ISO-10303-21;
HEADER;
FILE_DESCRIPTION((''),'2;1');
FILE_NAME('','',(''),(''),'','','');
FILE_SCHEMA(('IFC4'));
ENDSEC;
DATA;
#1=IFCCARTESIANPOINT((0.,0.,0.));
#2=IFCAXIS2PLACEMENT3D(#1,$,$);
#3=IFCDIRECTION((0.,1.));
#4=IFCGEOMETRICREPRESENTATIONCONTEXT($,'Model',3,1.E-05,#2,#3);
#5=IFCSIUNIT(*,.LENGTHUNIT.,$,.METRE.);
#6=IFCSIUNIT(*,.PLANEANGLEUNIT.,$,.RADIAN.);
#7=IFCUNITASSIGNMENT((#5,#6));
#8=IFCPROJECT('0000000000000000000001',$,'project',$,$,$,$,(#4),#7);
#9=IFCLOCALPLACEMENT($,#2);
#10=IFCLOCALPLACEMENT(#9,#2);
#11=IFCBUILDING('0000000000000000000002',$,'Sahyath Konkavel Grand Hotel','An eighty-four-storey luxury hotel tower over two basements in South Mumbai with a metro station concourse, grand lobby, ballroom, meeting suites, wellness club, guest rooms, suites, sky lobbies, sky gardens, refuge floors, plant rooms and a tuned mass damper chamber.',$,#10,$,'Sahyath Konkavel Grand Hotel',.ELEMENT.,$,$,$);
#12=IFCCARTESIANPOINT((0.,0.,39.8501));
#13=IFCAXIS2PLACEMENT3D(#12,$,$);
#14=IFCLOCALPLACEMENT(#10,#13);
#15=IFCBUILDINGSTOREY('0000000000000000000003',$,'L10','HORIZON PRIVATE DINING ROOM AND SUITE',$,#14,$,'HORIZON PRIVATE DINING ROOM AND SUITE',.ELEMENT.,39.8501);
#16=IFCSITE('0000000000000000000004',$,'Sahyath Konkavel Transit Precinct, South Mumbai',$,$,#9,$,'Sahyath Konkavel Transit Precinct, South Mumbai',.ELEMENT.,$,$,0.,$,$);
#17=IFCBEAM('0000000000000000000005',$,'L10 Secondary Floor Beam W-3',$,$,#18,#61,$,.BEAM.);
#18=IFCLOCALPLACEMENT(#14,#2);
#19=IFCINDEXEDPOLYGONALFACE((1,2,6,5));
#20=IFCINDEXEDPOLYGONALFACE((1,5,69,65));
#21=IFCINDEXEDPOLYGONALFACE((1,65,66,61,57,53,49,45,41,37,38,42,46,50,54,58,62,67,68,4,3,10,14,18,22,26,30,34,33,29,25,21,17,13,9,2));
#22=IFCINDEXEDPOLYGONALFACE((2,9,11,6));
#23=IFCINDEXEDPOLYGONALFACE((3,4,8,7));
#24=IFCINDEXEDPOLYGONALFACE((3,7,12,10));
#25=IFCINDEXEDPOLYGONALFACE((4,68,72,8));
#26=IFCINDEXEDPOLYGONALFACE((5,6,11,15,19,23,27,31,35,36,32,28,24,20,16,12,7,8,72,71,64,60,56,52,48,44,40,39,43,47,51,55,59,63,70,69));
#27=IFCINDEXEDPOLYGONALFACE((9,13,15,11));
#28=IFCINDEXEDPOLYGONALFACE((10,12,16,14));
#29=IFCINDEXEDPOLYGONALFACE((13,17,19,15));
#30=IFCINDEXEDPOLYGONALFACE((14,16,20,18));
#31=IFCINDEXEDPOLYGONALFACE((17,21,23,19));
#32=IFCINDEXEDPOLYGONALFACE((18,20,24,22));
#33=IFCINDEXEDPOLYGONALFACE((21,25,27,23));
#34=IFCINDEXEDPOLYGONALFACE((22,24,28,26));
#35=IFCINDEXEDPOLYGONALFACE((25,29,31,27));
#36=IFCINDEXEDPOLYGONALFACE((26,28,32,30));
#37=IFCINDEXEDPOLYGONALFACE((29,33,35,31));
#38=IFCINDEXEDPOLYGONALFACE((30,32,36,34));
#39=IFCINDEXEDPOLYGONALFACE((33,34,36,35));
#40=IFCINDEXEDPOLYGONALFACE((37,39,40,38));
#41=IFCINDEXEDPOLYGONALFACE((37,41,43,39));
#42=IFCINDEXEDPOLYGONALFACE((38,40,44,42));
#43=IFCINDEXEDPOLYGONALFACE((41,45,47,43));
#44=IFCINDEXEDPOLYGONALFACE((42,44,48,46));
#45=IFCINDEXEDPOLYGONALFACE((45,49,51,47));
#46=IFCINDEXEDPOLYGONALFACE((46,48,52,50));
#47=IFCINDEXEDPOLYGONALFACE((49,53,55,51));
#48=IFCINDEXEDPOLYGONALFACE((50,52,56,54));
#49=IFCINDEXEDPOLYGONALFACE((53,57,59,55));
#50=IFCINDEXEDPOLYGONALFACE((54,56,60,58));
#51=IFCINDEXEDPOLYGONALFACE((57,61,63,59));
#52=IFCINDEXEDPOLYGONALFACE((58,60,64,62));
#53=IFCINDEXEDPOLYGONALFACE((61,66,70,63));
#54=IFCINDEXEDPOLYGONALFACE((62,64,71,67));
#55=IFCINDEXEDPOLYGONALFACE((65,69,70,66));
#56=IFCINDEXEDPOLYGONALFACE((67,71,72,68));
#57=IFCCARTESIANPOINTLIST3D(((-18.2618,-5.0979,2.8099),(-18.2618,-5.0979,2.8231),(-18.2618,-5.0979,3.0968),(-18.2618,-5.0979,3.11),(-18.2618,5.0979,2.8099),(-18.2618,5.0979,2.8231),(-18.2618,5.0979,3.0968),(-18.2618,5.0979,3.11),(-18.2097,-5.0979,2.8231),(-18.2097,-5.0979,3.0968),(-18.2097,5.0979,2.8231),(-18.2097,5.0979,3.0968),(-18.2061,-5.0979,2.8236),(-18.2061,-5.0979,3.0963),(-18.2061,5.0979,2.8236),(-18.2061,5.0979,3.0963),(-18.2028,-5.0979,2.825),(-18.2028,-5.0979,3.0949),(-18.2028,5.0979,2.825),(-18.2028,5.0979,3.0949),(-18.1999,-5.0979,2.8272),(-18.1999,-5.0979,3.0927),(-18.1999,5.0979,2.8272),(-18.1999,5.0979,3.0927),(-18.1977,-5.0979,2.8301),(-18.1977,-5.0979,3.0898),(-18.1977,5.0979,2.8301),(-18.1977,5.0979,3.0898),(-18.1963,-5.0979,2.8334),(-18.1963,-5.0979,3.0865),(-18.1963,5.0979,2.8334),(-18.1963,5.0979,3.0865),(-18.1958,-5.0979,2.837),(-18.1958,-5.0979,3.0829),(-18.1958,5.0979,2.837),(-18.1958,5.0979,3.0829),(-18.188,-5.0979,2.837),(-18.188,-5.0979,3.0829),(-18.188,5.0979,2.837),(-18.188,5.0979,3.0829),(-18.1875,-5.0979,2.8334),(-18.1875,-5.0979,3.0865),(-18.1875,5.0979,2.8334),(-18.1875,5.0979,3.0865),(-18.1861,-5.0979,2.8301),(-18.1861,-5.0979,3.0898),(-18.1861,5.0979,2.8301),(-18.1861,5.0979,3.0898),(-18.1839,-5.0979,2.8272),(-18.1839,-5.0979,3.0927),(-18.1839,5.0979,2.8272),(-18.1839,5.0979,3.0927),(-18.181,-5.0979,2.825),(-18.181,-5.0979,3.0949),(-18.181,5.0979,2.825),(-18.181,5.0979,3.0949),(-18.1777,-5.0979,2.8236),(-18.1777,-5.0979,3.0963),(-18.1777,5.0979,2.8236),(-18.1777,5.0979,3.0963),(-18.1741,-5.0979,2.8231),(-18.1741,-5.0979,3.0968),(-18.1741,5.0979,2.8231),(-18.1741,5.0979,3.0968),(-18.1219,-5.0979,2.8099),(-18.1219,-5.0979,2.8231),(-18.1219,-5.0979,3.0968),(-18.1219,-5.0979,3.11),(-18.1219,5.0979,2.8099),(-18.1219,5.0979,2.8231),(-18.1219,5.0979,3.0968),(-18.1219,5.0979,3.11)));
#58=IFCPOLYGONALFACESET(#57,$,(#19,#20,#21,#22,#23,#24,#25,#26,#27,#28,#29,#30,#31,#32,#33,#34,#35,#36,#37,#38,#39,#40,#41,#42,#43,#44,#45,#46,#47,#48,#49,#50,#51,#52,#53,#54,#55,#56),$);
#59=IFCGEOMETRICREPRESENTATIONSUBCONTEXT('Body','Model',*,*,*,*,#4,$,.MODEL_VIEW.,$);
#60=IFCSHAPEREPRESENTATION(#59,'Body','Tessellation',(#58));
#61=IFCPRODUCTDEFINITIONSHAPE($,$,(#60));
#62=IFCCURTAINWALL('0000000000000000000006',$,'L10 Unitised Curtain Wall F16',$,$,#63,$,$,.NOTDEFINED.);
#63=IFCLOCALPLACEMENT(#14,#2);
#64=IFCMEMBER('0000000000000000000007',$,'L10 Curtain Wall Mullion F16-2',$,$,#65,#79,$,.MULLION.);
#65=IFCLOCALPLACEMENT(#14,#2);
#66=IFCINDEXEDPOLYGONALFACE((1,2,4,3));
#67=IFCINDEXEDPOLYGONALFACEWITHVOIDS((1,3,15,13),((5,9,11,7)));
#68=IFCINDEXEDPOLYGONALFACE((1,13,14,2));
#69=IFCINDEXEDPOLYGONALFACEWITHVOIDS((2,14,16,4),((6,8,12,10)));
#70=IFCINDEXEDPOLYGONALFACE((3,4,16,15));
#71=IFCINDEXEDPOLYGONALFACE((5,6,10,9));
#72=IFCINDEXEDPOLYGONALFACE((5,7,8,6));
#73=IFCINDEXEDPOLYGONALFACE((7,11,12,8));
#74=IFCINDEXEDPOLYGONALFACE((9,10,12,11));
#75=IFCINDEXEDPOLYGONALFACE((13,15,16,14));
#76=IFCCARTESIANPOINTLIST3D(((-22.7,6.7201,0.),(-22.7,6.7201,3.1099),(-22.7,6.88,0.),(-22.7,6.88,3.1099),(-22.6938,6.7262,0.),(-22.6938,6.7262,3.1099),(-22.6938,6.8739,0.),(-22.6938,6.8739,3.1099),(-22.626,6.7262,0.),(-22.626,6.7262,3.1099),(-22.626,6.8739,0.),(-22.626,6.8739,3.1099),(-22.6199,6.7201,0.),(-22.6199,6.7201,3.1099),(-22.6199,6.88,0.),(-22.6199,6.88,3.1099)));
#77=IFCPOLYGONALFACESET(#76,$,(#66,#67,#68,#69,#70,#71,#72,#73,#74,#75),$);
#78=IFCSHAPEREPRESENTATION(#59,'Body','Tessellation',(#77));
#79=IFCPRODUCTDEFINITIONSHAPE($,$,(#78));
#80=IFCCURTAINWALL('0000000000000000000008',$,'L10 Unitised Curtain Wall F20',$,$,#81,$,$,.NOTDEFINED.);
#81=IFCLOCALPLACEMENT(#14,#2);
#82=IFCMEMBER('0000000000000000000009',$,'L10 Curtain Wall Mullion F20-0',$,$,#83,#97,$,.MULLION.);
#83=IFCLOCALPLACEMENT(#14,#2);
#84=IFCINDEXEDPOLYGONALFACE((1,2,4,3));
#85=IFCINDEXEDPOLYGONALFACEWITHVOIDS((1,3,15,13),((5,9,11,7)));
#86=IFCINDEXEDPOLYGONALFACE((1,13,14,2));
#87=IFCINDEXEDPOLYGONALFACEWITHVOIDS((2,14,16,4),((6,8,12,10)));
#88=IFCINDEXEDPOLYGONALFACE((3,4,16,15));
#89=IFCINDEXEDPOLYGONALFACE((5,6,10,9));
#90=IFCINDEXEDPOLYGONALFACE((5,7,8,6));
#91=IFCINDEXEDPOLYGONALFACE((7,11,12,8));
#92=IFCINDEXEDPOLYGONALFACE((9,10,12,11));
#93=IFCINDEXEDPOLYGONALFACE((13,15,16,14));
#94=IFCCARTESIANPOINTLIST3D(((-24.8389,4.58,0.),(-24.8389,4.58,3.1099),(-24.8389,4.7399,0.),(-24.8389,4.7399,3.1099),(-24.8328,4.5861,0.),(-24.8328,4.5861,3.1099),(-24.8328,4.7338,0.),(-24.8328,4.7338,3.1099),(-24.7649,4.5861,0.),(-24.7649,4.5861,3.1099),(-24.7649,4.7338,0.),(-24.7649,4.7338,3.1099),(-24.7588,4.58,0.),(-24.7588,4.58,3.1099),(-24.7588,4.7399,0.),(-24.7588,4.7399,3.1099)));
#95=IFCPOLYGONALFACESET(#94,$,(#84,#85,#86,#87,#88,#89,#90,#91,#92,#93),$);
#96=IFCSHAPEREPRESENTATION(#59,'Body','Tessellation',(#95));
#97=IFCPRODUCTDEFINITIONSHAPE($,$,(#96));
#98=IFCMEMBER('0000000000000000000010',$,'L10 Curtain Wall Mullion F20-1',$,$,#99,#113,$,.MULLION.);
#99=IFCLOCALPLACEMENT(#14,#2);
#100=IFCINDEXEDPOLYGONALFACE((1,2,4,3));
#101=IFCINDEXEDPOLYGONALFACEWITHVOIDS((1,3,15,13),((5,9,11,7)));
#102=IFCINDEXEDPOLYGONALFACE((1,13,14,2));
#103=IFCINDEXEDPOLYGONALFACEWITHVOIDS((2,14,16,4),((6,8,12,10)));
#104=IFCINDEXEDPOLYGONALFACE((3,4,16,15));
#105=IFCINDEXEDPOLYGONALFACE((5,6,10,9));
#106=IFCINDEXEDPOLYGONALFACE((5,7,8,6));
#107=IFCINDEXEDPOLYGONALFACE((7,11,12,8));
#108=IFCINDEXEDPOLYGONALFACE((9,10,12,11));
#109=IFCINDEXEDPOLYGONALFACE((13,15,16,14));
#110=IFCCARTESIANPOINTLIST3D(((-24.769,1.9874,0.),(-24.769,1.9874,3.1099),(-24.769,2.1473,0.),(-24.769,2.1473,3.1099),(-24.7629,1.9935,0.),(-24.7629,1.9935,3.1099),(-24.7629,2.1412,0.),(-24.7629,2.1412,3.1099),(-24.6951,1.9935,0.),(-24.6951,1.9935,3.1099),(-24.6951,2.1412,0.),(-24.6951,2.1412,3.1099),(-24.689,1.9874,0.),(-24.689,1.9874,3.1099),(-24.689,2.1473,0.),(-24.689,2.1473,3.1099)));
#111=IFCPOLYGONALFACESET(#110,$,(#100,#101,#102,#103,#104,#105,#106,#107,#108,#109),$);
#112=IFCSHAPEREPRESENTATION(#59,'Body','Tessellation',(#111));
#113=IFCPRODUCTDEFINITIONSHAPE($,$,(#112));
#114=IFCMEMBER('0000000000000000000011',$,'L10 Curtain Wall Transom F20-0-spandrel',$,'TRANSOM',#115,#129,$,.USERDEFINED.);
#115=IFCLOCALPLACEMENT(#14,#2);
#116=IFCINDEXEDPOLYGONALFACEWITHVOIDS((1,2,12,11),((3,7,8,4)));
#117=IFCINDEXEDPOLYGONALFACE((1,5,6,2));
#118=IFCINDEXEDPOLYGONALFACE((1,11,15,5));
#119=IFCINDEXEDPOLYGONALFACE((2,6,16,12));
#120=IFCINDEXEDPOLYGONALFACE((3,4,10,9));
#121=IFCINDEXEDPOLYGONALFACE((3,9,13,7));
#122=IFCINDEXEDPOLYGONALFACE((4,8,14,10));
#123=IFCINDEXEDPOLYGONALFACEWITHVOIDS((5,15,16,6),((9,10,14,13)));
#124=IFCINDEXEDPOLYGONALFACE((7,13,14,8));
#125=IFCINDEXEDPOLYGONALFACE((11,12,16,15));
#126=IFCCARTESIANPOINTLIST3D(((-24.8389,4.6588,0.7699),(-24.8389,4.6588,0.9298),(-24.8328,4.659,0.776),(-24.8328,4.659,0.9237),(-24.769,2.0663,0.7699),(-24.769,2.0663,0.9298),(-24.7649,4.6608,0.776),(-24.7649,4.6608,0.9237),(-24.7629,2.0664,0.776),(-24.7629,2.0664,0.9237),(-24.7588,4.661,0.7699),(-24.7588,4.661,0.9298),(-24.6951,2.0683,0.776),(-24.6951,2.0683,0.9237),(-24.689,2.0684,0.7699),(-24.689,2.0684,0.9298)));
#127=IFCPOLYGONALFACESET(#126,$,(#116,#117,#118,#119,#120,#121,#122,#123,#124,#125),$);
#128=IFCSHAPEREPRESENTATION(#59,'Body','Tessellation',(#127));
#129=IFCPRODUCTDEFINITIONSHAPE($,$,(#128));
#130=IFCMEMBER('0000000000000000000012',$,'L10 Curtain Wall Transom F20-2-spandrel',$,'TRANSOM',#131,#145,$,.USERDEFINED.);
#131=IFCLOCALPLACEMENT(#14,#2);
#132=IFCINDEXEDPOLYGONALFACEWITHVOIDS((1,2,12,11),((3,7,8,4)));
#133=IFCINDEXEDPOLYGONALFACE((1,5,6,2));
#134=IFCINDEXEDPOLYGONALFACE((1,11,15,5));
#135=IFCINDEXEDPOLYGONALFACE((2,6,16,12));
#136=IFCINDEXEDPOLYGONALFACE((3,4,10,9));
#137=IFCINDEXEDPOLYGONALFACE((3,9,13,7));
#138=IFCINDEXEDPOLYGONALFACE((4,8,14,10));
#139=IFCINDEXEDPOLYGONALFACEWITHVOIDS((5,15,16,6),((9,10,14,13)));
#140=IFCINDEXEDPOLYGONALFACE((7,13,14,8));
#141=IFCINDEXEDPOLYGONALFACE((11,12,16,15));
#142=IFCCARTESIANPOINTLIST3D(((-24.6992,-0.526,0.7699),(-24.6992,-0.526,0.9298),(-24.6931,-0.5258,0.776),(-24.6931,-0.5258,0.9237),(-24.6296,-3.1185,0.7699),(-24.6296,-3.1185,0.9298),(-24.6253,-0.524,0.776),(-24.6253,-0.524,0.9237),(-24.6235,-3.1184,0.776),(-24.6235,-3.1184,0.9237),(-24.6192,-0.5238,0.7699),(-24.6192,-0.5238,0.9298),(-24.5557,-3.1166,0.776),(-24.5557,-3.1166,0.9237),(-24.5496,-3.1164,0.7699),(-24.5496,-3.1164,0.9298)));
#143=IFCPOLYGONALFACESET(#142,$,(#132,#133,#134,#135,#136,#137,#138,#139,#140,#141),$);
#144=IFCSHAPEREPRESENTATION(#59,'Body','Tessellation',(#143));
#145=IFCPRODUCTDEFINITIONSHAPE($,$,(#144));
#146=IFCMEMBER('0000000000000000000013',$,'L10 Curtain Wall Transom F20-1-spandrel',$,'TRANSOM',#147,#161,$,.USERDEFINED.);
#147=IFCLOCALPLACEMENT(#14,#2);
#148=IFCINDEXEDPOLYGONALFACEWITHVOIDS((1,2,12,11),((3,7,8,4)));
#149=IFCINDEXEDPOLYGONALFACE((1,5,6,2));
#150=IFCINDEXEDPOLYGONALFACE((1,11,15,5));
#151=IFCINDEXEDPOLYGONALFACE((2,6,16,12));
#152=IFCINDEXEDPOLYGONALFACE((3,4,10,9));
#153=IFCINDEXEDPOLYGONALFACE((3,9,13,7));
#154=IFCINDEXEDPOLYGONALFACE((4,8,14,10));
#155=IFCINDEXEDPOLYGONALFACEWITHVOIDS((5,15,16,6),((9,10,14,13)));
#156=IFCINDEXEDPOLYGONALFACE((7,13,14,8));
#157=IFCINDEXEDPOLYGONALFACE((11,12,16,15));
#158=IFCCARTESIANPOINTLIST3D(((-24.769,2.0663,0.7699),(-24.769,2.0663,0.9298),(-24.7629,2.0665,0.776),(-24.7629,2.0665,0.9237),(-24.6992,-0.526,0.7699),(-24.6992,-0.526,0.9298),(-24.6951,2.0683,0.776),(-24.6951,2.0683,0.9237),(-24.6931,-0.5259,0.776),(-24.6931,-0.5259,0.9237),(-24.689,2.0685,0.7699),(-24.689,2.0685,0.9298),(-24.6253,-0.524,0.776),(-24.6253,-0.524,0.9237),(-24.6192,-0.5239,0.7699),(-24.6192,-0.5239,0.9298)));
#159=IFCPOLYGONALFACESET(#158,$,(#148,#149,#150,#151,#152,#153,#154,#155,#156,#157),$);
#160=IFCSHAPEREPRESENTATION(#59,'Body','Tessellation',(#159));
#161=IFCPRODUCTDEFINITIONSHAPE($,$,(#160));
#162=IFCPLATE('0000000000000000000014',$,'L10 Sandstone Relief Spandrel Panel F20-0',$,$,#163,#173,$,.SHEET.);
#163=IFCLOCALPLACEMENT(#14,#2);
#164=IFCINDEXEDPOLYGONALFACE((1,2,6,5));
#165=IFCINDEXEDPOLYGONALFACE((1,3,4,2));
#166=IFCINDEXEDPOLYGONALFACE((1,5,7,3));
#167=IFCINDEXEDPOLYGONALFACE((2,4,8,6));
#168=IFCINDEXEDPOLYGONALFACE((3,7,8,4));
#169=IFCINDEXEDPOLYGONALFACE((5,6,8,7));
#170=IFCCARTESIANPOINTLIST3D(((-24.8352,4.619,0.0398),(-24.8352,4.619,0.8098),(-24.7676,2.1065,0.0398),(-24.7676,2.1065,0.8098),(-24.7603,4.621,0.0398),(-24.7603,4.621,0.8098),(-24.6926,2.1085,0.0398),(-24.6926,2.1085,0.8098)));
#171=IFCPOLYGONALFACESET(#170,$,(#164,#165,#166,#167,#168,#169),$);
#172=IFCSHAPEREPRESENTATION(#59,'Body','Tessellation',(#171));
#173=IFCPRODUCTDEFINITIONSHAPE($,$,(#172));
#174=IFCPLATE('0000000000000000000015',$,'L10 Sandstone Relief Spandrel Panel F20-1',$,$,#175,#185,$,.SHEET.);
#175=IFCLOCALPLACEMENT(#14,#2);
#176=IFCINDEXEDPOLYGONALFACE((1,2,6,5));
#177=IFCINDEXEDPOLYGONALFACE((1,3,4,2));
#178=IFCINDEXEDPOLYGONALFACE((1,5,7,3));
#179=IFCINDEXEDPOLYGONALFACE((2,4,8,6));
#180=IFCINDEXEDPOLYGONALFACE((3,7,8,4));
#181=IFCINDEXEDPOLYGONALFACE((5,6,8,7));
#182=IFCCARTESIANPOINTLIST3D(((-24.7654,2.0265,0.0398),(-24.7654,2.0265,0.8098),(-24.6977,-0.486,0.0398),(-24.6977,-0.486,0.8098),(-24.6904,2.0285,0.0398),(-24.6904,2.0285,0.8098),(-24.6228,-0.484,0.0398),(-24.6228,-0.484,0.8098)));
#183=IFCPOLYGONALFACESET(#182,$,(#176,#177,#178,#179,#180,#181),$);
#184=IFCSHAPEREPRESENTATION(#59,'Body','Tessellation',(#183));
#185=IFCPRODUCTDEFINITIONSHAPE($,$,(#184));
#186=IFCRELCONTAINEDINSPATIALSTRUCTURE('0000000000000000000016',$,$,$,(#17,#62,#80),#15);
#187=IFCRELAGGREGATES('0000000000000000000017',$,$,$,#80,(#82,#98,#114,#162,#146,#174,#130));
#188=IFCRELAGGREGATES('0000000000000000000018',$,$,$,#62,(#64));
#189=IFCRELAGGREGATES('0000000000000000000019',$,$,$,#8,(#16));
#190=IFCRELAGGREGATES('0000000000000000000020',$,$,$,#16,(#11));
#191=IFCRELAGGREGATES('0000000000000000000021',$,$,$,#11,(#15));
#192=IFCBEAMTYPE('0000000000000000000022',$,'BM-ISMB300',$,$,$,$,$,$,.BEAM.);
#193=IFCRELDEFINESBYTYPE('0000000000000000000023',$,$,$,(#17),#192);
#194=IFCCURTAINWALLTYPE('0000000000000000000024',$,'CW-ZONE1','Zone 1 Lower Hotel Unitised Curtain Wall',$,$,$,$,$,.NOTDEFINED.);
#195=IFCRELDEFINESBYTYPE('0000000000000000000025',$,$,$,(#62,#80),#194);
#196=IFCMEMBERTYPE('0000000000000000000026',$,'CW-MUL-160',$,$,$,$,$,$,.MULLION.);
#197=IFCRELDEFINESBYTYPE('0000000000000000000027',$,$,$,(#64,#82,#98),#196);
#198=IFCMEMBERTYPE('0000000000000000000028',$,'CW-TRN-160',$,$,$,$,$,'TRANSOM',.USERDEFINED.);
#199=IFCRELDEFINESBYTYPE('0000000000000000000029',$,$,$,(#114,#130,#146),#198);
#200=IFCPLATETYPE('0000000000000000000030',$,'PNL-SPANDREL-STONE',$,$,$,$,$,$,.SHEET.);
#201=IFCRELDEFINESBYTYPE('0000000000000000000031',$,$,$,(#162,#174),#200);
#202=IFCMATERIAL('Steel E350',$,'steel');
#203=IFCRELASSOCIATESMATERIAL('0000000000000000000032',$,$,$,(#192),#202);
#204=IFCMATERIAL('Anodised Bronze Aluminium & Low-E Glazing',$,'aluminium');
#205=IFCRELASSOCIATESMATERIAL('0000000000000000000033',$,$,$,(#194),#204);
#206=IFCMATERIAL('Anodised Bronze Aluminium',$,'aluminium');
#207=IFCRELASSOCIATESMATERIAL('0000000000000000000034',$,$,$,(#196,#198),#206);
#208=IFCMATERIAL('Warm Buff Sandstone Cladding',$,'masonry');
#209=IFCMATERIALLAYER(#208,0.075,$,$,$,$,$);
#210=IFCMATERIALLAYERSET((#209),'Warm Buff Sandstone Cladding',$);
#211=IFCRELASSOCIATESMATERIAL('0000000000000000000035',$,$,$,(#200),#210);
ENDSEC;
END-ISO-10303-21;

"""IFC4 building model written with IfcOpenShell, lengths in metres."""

from ifc_helpers import new_model, si_unit, direction, frame, origin, origin_2d, place, context, subcontext, project, spatial, rectangle, hollow_rectangle, i_section, extrude, source, transform, mapped, material, layer, layer_set, material_profile, profile_set, type_object, element, aggregate, save


model = new_model("IFC4")

# Units and contexts
model_context = context("Model", 3, precision=1e-05, world=origin(), true_north=direction((0.0, 1.0)))
body_context = subcontext(model_context, "Body", "Model", "MODEL_VIEW")
ifc_project = project(units=[si_unit("LENGTHUNIT", "METRE"), si_unit("PLANEANGLEUNIT", "RADIAN")], contexts=[model_context])

# Site, building, storey
site_placement = place(None, origin())
site = spatial("IfcSite", under=ifc_project, at=site_placement, Name="Sahyath Konkavel Transit Precinct, South Mumbai", LongName="Sahyath Konkavel Transit Precinct, South Mumbai", CompositionType="ELEMENT", RefElevation=0.0)
building_placement = place(site_placement, origin())
building = spatial("IfcBuilding", under=site, at=building_placement, Name="Sahyath Konkavel Grand Hotel", Description="An eighty-four-storey luxury hotel tower over two basements in South Mumbai with a metro station concourse, grand lobby, ballroom, meeting suites, wellness club, guest rooms, suites, sky lobbies, sky gardens, refuge floors, plant rooms and a tuned mass damper chamber.", LongName="Sahyath Konkavel Grand Hotel", CompositionType="ELEMENT")
storey_placement = place(building_placement, frame((0.0, 0.0, 39.8501)))
storey = spatial("IfcBuildingStorey", under=building, at=storey_placement, Name="L10", Description="HORIZON PRIVATE DINING ROOM AND SUITE", LongName="HORIZON PRIVATE DINING ROOM AND SUITE", CompositionType="ELEMENT", Elevation=39.8501)

# Beam
ifc_material_1 = material(Name="Steel E350", Category="steel")
ifc_material_profile_1 = material_profile(ifc_material_1, i_section(OverallWidth=0.1399, OverallDepth=0.3, WebThickness=0.0078, FlangeThickness=0.0132, FilletRadius=0.0139, at=origin_2d()), Name="ISMB 300")
ifc_profile_set_1 = profile_set([ifc_material_profile_1], Name="Steel E350")
beam_type_1 = type_object("IfcBeamType", Name="BM-ISMB300", PredefinedType="BEAM", material=ifc_profile_set_1)
shared_shape_1 = source(origin(), body_context, "Body", "SweptSolid", [
    extrude(i_section(OverallWidth=0.1399, OverallDepth=0.3, WebThickness=0.0078, FlangeThickness=0.0132, FilletRadius=0.0139, at=origin_2d()), origin(), (0.0, 0.0, 1.0), 10.1958),
])
beam_1_placement = place(storey_placement, frame((-18.1919, 5.0979, 2.96), z_axis=(0.0, -1.0, 0.0), x_axis=(1.0, 0.0, 0.0)))
element("IfcBeam", 1, at=beam_1_placement, inside=storey, type_object=beam_type_1, Name="L10 Secondary Floor Beam W-3", PredefinedType="BEAM", context=body_context, shape_type="MappedRepresentation", body=[
    mapped(shared_shape_1, transform((0.0, 0.0, 0.0), scale=1.0)),
])

# Curtain wall, member
ifc_material_2 = material(Name="Anodised Bronze Aluminium & Low-E Glazing", Category="aluminium")
curtain_wall_type = type_object("IfcCurtainWallType", Name="CW-ZONE1", Description="Zone 1 Lower Hotel Unitised Curtain Wall", PredefinedType="NOTDEFINED", material=ifc_material_2)
curtain_wall_1_placement = place(storey_placement, origin())
curtain_wall_1 = element("IfcCurtainWall", 2, at=curtain_wall_1_placement, inside=storey, type_object=curtain_wall_type, Name="L10 Unitised Curtain Wall F16", PredefinedType="NOTDEFINED")
ifc_material_3 = material(Name="Anodised Bronze Aluminium", Category="aluminium")
ifc_material_profile_2 = material_profile(ifc_material_3, hollow_rectangle(XDim=0.0801, YDim=0.1599, WallThickness=0.0061, at=origin_2d()), Name="RHS 160x80x6")
ifc_profile_set_2 = profile_set([ifc_material_profile_2], Name="Anodised Bronze Aluminium")
member_type_1 = type_object("IfcMemberType", Name="CW-MUL-160", PredefinedType="MULLION", material=ifc_profile_set_2)
shared_shape_2 = source(origin(), body_context, "Body", "SweptSolid", [
    extrude(hollow_rectangle(XDim=0.0801, YDim=0.1599, WallThickness=0.0061, at=origin_2d()), origin(), (0.0, 0.0, 1.0), 3.1099),
])
member_1_placement = place(storey_placement, frame((-22.6599, 6.8, 0.0), z_axis=(0.0, 0.0, 1.0), x_axis=(1.0, 0.0, 0.0)))
member_1 = element("IfcMember", 3, at=member_1_placement, type_object=member_type_1, Name="L10 Curtain Wall Mullion F16-2", PredefinedType="MULLION", context=body_context, shape_type="MappedRepresentation", body=[
    mapped(shared_shape_2, transform((0.0, 0.0, 0.0), scale=1.0)),
])

# Curtain wall, members, plates
curtain_wall_2_placement = place(storey_placement, origin())
curtain_wall_2 = element("IfcCurtainWall", 4, at=curtain_wall_2_placement, inside=storey, type_object=curtain_wall_type, Name="L10 Unitised Curtain Wall F20", PredefinedType="NOTDEFINED")
member_2_placement = place(storey_placement, frame((-24.7988, 4.6599, 0.0), z_axis=(0.0, 0.0, 1.0), x_axis=(1.0, 0.0, 0.0)))
member_2 = element("IfcMember", 5, at=member_2_placement, type_object=member_type_1, Name="L10 Curtain Wall Mullion F20-0", PredefinedType="MULLION", context=body_context, shape_type="MappedRepresentation", body=[
    mapped(shared_shape_2, transform((0.0, 0.0, 0.0), scale=1.0)),
])
member_3_placement = place(storey_placement, frame((-24.729, 2.0674, 0.0), z_axis=(0.0, 0.0, 1.0), x_axis=(1.0, 0.0, 0.0)))
member_3 = element("IfcMember", 6, at=member_3_placement, type_object=member_type_1, Name="L10 Curtain Wall Mullion F20-1", PredefinedType="MULLION", context=body_context, shape_type="MappedRepresentation", body=[
    mapped(shared_shape_2, transform((0.0, 0.0, 0.0), scale=1.0)),
])
ifc_material_profile_3 = material_profile(ifc_material_3, hollow_rectangle(XDim=0.0801, YDim=0.1599, WallThickness=0.0061, at=origin_2d()), Name="RHS 160x80x6")
ifc_profile_set_3 = profile_set([ifc_material_profile_3], Name="Anodised Bronze Aluminium")
member_type_2 = type_object("IfcMemberType", Name="CW-TRN-160", ElementType="TRANSOM", PredefinedType="USERDEFINED", material=ifc_profile_set_3)
shared_shape_3 = source(origin(), body_context, "Body", "SweptSolid", [
    extrude(hollow_rectangle(XDim=0.0801, YDim=0.1599, WallThickness=0.0061, at=origin_2d()), origin(), (0.0, 0.0, 1.0), 2.5935),
])
member_4_placement = place(storey_placement, frame((-24.7988, 4.6599, 0.8499), z_axis=(0.026923, -0.999638, 0.0), x_axis=(0.999638, 0.026923, 0.0)))
member_4 = element("IfcMember", 7, at=member_4_placement, type_object=member_type_2, Name="L10 Curtain Wall Transom F20-0-spandrel", ObjectType="TRANSOM", PredefinedType="USERDEFINED", context=body_context, shape_type="MappedRepresentation", body=[
    mapped(shared_shape_3, transform((0.0, 0.0, 0.0), scale=1.0)),
])
member_5_placement = place(storey_placement, frame((-24.6592, -0.5249, 0.8499), z_axis=(0.026829, -0.99964, 0.0), x_axis=(0.99964, 0.026829, 0.0)))
member_5 = element("IfcMember", 8, at=member_5_placement, type_object=member_type_2, Name="L10 Curtain Wall Transom F20-2-spandrel", ObjectType="TRANSOM", PredefinedType="USERDEFINED", context=body_context, shape_type="MappedRepresentation", body=[
    mapped(shared_shape_3, transform((0.0, 0.0, 0.0), scale=1.0)),
])
shared_shape_4 = source(origin(), body_context, "Body", "SweptSolid", [
    extrude(hollow_rectangle(XDim=0.0801, YDim=0.1599, WallThickness=0.0061, at=origin_2d()), origin(), (0.0, 0.0, 1.0), 2.5933),
])
member_6_placement = place(storey_placement, frame((-24.729, 2.0674, 0.8499), z_axis=(0.026926, -0.999637, 0.0), x_axis=(0.999637, 0.026926, 0.0)))
member_6 = element("IfcMember", 9, at=member_6_placement, type_object=member_type_2, Name="L10 Curtain Wall Transom F20-1-spandrel", ObjectType="TRANSOM", PredefinedType="USERDEFINED", context=body_context, shape_type="MappedRepresentation", body=[
    mapped(shared_shape_4, transform((0.0, 0.0, 0.0), scale=1.0)),
])
ifc_material_4 = material(Name="Warm Buff Sandstone Cladding", Category="masonry")
ifc_layer_1 = layer(ifc_material_4, 0.075)
ifc_layer_set_1 = layer_set([ifc_layer_1], Name="Warm Buff Sandstone Cladding")
plate_type_1 = type_object("IfcPlateType", Name="PNL-SPANDREL-STONE", PredefinedType="SHEET", material=ifc_layer_set_1)
shared_shape_5 = source(origin(), body_context, "Body", "SweptSolid", [
    extrude(rectangle(XDim=2.5134, YDim=0.075, at=origin_2d()), origin(), (0.0, 0.0, 1.0), 0.77),
])
plate_1_placement = place(storey_placement, frame((-24.7639, 3.3638, 0.0398), z_axis=(0.0, 0.0, 1.0), x_axis=(0.02691, -0.999638, 0.0)))
plate_1 = element("IfcPlate", 10, at=plate_1_placement, type_object=plate_type_1, Name="L10 Sandstone Relief Spandrel Panel F20-0", PredefinedType="SHEET", context=body_context, shape_type="MappedRepresentation", body=[
    mapped(shared_shape_5, transform((0.0, 0.0, 0.0), scale=1.0)),
])
plate_2_placement = place(storey_placement, frame((-24.6941, 0.7712, 0.0398), z_axis=(0.0, 0.0, 1.0), x_axis=(0.02691, -0.999638, 0.0)))
plate_2 = element("IfcPlate", 11, at=plate_2_placement, type_object=plate_type_1, Name="L10 Sandstone Relief Spandrel Panel F20-1", PredefinedType="SHEET", context=body_context, shape_type="MappedRepresentation", body=[
    mapped(shared_shape_5, transform((0.0, 0.0, 0.0), scale=1.0)),
])
aggregate(curtain_wall_2, [member_2, member_3, member_4, plate_1, member_6, plate_2, member_5])

aggregate(curtain_wall_1, [member_1])

save(model, "model.ifc")
